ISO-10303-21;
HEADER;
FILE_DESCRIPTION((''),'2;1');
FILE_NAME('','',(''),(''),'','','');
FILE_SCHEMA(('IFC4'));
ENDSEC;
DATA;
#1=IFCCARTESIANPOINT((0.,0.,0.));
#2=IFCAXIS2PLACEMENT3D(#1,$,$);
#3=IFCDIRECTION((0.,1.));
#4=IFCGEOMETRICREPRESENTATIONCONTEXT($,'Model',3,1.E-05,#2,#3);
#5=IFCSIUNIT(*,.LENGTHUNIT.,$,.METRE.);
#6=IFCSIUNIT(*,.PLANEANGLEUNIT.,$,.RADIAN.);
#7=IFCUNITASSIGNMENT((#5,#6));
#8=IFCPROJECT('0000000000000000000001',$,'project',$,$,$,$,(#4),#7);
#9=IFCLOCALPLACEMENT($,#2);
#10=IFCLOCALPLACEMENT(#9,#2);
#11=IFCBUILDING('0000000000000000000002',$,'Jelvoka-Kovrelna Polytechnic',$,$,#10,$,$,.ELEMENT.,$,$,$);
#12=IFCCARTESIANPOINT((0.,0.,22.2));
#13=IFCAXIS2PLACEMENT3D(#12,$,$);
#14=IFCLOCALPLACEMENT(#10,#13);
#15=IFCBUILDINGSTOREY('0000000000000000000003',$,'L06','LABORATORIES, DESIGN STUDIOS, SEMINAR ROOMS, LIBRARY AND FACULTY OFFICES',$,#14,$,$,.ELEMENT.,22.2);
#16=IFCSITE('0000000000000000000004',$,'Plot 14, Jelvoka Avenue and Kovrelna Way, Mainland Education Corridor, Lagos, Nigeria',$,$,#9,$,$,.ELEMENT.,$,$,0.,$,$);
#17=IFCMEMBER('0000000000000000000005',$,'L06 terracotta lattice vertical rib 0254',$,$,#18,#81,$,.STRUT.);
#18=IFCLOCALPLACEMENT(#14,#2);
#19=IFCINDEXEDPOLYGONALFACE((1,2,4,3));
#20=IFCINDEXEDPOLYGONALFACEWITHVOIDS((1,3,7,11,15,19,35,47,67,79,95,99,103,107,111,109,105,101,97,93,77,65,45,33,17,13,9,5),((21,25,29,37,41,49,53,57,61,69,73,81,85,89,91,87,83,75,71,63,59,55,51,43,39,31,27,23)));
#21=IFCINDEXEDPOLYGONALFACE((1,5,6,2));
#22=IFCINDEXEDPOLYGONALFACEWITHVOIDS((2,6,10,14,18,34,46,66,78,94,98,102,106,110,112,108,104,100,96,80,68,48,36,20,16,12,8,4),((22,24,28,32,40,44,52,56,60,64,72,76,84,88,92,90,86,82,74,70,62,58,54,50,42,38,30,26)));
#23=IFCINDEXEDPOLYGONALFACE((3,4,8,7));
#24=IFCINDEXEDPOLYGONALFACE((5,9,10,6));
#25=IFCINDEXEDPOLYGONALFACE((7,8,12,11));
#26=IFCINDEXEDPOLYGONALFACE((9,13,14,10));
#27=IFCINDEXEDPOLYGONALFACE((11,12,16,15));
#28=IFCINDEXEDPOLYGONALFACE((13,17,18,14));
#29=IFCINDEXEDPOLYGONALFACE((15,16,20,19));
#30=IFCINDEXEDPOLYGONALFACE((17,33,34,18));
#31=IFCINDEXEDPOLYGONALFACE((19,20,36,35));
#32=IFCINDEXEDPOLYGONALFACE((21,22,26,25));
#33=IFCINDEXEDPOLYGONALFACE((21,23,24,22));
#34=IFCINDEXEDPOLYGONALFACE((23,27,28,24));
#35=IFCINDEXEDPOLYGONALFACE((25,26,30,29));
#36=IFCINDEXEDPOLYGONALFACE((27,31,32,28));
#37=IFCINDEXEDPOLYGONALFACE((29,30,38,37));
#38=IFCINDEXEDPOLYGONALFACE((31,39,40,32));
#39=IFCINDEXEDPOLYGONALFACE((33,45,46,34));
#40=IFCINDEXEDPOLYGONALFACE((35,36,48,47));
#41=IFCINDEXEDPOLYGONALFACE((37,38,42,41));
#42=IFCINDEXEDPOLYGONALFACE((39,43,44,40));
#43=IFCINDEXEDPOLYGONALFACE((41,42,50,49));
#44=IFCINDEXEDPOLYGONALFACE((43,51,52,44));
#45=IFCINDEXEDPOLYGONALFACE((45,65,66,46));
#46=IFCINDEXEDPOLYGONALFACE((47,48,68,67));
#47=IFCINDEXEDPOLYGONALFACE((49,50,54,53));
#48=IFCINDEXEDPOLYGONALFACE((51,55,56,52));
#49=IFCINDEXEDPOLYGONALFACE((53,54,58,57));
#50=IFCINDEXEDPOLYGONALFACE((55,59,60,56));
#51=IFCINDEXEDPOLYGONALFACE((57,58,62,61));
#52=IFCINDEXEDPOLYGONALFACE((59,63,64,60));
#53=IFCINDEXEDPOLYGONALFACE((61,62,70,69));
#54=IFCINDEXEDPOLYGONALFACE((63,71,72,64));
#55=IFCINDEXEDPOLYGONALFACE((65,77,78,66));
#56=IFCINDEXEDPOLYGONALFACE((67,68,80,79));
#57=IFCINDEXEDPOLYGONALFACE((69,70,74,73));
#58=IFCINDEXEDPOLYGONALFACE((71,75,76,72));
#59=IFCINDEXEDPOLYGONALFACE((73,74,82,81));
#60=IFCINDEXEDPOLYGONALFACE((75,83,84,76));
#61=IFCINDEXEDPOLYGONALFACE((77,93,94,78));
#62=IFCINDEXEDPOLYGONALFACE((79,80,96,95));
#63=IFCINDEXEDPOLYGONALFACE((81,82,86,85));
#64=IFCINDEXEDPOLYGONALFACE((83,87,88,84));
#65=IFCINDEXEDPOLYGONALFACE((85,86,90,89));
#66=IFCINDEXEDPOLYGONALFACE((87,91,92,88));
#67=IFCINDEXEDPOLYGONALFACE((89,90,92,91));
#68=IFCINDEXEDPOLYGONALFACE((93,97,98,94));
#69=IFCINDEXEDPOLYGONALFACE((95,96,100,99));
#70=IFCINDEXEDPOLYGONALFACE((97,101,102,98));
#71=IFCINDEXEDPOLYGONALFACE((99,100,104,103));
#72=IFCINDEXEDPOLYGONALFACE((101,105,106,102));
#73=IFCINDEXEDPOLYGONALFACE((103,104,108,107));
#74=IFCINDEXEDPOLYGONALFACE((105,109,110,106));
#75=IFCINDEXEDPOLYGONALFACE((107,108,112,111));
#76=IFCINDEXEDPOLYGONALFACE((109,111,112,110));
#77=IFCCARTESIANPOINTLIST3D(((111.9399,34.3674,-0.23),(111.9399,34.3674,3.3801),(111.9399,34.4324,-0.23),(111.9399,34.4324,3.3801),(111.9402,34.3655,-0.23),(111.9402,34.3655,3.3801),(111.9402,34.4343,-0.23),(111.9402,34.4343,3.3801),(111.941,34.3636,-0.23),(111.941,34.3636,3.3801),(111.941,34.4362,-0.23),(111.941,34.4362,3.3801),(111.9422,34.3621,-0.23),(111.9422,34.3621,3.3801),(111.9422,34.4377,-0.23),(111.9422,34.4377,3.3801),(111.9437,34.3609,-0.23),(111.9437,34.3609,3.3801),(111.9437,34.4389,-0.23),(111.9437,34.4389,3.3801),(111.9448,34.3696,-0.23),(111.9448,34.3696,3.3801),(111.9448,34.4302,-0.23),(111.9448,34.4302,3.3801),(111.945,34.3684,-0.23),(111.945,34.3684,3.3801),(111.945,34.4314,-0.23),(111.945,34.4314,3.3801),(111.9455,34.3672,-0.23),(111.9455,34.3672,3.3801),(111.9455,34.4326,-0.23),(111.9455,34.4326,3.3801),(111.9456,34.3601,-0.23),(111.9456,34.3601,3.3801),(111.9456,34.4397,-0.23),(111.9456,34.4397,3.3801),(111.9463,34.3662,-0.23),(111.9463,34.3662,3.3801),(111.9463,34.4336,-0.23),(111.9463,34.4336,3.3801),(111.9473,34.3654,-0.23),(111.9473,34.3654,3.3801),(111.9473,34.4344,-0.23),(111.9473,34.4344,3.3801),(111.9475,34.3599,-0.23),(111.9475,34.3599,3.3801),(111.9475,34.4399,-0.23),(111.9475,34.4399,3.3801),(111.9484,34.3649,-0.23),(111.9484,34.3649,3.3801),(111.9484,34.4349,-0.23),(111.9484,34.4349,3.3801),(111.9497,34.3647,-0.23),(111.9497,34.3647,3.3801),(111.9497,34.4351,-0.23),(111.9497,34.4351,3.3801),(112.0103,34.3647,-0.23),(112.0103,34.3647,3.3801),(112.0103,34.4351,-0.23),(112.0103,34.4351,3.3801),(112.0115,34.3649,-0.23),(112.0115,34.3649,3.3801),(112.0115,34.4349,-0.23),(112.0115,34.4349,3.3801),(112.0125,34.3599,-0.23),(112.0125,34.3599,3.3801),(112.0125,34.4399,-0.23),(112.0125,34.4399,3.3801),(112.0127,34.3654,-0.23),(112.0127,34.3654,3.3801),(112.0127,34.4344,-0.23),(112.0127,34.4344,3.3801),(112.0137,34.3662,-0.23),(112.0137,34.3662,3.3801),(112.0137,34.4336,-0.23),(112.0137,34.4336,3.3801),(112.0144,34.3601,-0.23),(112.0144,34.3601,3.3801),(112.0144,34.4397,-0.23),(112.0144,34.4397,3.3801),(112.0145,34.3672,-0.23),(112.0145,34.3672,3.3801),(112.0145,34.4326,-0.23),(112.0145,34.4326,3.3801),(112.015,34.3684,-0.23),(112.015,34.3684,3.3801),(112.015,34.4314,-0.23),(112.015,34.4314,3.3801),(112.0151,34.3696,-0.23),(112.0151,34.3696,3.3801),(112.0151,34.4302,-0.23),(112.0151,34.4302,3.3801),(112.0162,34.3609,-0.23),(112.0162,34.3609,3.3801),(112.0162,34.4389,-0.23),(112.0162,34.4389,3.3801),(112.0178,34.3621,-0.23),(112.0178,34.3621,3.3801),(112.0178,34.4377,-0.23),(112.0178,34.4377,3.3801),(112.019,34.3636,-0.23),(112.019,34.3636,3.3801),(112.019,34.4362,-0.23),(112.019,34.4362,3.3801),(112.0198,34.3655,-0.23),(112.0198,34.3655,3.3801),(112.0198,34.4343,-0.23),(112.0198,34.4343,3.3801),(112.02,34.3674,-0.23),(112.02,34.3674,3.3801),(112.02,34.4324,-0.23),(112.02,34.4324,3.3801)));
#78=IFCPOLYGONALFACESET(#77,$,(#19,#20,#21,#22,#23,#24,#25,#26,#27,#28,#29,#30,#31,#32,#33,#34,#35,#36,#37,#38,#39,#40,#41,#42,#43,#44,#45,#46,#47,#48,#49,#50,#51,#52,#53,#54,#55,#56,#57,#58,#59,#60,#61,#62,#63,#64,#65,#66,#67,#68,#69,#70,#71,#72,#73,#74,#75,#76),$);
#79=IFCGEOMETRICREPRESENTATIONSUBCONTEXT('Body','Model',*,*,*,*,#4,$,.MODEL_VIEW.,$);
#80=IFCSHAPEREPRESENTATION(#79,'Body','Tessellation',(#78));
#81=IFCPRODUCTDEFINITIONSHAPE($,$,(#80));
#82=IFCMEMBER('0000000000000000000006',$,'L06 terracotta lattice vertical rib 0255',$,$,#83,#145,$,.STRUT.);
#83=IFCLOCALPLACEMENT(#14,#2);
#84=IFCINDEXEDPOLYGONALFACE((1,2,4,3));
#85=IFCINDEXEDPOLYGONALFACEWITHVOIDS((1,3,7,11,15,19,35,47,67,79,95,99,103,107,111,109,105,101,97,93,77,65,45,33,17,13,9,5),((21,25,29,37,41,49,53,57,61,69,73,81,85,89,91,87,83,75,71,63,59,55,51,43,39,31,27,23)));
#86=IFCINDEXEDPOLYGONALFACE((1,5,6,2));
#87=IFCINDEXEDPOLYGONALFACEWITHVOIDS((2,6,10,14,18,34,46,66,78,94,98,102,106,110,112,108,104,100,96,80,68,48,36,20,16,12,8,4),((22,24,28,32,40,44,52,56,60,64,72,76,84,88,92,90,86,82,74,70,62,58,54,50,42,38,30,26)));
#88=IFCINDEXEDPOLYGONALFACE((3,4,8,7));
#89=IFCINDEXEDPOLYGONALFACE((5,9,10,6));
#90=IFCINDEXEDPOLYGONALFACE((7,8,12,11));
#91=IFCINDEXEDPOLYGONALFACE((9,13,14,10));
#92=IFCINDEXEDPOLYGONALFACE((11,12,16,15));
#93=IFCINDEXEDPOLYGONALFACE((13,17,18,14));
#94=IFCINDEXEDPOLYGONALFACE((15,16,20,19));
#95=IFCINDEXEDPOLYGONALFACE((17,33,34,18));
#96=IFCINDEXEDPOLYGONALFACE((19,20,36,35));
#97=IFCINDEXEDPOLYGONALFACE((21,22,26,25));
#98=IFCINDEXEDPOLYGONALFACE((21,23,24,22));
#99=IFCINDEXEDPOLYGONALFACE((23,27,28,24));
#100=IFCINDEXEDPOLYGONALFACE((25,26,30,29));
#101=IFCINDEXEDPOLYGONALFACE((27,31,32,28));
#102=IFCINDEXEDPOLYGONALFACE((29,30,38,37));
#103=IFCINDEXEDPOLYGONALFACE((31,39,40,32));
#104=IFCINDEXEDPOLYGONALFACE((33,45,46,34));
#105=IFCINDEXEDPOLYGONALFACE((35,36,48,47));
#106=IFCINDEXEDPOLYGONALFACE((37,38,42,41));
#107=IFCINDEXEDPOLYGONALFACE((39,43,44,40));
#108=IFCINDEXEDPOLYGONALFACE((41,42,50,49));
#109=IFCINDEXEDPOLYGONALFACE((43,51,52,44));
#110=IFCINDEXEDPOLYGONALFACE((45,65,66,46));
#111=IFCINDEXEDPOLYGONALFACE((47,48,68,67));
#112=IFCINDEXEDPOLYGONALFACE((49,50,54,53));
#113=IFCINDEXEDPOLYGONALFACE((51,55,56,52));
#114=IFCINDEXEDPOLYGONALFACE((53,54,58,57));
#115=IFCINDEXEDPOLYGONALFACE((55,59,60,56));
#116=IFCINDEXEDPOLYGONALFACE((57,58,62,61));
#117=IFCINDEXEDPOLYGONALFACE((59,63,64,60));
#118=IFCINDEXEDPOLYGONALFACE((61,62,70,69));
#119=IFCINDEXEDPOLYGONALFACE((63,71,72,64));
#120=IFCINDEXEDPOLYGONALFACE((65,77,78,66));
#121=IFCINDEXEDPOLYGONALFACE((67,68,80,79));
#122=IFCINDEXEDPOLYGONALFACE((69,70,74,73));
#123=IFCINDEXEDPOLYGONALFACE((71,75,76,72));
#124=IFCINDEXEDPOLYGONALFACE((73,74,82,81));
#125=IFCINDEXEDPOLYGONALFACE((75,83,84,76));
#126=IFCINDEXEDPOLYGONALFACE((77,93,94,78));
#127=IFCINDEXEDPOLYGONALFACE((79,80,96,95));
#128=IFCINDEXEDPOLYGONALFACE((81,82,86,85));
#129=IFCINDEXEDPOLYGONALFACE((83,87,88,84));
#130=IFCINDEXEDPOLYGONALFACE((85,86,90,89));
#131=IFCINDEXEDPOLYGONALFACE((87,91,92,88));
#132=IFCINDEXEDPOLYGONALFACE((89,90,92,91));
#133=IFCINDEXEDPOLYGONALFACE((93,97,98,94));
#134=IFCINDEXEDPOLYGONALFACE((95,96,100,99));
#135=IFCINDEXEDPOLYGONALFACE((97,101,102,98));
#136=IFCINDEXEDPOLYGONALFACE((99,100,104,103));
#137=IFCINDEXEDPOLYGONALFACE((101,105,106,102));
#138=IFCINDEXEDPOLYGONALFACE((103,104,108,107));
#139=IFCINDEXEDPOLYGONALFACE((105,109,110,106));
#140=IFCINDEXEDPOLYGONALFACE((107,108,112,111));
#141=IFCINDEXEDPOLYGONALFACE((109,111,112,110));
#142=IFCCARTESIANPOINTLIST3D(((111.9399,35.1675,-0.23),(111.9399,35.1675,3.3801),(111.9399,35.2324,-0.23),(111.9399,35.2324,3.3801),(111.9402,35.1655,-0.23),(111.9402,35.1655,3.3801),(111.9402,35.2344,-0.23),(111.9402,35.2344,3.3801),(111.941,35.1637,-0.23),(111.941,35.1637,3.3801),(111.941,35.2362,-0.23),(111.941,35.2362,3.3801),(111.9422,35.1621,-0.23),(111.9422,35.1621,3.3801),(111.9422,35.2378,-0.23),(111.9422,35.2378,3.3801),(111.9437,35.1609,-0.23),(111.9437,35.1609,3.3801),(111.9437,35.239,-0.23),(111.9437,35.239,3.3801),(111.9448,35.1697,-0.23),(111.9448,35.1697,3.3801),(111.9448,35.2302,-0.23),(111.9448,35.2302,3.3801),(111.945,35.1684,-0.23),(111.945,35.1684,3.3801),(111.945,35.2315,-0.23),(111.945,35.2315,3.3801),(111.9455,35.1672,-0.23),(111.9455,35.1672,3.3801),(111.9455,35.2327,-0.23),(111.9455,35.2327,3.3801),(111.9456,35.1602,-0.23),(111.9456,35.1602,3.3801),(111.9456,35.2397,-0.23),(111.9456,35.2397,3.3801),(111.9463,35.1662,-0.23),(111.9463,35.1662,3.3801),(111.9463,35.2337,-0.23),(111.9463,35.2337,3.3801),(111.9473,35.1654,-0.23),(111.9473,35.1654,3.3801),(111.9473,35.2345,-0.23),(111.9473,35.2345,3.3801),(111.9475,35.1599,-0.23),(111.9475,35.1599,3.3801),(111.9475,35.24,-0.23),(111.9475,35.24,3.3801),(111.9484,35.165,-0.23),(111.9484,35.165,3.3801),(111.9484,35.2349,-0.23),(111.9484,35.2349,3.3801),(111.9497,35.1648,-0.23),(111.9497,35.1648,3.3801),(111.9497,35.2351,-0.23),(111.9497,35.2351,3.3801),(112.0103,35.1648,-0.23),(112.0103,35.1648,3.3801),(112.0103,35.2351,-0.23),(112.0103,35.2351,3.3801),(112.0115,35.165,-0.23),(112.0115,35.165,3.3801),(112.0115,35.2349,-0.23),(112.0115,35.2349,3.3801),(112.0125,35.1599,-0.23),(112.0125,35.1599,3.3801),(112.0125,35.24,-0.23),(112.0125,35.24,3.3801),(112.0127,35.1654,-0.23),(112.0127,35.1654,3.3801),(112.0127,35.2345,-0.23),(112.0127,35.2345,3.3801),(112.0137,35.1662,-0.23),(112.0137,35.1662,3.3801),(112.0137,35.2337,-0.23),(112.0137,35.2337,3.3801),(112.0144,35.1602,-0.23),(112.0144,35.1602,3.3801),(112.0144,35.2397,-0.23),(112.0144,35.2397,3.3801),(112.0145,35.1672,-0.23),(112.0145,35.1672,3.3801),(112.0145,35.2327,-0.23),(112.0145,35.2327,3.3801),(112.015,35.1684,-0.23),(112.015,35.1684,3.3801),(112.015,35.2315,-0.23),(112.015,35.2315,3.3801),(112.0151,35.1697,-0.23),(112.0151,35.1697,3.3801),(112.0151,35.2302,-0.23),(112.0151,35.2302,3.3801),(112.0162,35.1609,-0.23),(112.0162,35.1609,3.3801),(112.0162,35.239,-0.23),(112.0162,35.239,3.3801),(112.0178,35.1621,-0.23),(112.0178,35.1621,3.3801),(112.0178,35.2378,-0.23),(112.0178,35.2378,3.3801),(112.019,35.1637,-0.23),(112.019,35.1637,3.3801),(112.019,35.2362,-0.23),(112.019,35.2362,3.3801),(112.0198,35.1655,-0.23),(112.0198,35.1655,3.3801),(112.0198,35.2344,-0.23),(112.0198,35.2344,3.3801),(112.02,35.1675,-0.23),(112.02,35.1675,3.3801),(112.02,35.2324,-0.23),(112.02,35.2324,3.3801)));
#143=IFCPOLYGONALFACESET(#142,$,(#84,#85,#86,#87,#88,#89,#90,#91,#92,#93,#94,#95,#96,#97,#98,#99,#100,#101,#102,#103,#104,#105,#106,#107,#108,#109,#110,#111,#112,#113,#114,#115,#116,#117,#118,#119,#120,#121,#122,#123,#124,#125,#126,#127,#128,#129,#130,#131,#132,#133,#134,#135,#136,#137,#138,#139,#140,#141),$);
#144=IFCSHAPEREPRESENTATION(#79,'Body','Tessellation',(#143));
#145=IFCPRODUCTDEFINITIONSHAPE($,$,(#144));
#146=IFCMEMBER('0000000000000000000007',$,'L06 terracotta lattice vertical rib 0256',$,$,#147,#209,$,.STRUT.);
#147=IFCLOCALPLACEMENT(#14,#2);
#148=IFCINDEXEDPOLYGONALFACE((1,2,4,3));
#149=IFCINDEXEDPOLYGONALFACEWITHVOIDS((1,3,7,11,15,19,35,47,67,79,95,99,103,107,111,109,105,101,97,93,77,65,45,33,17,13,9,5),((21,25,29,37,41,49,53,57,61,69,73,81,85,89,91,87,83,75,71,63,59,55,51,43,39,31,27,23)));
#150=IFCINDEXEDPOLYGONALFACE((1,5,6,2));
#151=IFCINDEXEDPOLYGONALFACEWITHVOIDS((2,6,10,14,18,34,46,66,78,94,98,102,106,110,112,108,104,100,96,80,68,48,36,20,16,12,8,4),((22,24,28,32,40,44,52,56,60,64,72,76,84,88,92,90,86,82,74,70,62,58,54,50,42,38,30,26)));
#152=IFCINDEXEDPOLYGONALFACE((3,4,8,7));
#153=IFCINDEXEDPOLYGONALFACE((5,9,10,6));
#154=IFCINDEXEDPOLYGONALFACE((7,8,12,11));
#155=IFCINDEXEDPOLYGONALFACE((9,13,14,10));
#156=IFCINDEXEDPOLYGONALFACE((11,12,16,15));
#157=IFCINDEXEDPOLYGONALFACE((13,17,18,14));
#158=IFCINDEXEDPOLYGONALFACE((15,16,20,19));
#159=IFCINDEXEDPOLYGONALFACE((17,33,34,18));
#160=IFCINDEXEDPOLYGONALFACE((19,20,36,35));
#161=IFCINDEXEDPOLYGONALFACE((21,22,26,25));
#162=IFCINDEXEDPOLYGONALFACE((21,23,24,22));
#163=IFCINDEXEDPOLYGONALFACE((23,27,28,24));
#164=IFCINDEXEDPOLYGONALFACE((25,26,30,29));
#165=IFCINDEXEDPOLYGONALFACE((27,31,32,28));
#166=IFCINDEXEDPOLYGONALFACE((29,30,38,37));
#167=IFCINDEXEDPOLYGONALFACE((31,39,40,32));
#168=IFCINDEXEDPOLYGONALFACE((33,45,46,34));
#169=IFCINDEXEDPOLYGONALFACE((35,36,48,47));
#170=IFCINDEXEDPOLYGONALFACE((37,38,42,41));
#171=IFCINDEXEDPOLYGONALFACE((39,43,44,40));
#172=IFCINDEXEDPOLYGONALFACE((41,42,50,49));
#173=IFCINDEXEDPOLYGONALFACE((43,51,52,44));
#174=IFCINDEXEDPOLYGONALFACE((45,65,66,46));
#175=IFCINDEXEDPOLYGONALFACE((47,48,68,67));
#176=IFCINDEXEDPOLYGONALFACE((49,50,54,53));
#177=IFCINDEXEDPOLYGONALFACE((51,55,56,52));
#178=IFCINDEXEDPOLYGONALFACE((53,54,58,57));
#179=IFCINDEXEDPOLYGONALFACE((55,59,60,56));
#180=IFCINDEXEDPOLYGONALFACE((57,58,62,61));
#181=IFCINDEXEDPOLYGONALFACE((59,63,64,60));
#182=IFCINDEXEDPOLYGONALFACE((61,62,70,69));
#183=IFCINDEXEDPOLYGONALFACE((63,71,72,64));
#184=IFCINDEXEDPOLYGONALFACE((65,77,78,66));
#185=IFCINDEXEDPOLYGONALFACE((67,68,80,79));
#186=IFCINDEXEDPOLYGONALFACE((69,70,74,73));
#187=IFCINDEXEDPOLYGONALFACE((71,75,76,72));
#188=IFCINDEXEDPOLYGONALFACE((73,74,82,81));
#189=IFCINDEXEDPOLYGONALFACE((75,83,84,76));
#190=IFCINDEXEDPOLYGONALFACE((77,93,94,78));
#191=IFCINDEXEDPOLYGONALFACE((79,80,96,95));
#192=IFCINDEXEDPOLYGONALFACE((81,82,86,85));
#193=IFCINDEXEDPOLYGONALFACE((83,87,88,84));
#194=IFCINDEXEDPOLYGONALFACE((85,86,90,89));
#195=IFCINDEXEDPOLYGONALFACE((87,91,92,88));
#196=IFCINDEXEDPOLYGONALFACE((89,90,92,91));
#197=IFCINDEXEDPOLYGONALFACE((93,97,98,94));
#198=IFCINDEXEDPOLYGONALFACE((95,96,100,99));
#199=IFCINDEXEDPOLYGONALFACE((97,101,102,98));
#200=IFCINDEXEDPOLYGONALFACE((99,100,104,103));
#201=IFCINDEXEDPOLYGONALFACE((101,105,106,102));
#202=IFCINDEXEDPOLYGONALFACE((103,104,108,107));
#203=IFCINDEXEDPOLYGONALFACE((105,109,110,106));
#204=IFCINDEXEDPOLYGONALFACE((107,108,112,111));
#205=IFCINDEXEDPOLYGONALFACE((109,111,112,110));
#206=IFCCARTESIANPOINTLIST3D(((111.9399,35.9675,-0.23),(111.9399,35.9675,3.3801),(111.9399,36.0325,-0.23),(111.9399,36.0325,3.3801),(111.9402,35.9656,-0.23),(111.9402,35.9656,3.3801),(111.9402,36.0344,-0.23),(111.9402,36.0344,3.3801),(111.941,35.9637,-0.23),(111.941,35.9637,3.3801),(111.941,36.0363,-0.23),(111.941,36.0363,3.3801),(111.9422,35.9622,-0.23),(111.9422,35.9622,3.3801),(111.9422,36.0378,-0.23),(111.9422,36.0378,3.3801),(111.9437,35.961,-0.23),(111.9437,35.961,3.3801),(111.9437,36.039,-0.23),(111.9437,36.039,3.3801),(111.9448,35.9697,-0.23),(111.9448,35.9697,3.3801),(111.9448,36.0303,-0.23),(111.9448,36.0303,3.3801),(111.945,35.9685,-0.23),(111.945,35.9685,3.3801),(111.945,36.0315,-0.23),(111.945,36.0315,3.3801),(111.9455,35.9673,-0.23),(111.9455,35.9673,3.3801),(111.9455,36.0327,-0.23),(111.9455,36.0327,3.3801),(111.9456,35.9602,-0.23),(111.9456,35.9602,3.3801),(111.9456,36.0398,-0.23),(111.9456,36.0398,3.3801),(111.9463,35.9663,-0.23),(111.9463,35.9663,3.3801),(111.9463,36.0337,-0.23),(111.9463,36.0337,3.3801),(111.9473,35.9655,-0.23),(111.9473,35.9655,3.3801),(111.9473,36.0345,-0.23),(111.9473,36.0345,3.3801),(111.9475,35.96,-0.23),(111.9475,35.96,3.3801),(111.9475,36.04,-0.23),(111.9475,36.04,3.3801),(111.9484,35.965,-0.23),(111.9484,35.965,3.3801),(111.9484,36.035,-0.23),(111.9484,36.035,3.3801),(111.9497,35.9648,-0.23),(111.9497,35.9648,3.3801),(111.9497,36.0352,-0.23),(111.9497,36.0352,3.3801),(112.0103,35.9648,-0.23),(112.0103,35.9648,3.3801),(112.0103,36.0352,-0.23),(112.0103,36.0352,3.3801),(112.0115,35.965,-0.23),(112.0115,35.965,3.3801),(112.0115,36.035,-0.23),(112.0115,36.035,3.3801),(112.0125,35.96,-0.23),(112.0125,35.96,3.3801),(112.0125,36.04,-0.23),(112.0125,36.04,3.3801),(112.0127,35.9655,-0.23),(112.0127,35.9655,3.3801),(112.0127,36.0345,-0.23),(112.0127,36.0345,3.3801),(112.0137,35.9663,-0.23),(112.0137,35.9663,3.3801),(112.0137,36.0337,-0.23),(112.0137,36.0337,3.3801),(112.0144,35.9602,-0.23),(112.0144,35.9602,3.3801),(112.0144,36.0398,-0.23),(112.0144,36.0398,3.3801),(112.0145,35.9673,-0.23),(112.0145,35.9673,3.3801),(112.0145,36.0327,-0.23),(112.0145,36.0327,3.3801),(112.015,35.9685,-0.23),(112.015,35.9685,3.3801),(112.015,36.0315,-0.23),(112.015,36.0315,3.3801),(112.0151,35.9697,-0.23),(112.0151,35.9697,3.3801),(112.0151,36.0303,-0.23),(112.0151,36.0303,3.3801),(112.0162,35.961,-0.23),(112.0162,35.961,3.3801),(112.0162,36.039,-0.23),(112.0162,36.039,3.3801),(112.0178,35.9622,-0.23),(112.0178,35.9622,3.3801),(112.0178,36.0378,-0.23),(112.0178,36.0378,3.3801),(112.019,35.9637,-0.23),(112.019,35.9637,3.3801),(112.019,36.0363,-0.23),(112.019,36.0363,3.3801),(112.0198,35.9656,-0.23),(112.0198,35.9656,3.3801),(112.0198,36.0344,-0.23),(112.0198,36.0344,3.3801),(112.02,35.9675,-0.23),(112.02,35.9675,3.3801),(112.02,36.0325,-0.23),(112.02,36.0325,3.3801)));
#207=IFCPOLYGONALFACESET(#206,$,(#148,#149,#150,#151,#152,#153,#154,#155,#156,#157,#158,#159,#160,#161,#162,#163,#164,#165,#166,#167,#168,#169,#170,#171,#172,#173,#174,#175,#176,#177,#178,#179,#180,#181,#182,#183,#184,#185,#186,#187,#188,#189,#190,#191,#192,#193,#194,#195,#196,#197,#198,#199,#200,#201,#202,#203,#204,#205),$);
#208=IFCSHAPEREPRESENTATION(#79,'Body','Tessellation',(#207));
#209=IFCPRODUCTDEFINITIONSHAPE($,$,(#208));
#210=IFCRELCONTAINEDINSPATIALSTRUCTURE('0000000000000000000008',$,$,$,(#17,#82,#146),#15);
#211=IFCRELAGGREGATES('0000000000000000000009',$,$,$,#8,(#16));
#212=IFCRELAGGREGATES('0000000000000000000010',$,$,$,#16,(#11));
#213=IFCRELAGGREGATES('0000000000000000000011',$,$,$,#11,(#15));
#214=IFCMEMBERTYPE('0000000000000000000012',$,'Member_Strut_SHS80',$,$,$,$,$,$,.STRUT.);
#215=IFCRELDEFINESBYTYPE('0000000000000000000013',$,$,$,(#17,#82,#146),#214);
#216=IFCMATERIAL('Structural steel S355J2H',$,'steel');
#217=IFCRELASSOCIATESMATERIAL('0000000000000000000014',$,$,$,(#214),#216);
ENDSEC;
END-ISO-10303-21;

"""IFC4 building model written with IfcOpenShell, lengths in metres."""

from ifc_helpers import new_model, si_unit, direction, frame, origin, origin_2d, place, context, subcontext, project, spatial, hollow_rectangle, extrude, material, material_profile, profile_set, type_object, element, save


model = new_model("IFC4")

# Units and contexts
model_context = context("Model", 3, precision=1e-05, world=origin(), true_north=direction((0.0, 1.0)))
body_context = subcontext(model_context, "Body", "Model", "MODEL_VIEW")
ifc_project = project(units=[si_unit("LENGTHUNIT", "METRE"), si_unit("PLANEANGLEUNIT", "RADIAN")], contexts=[model_context])

# Site, building, storey
site_placement = place(None, origin())
site = spatial("IfcSite", under=ifc_project, at=site_placement, Name="Plot 14, Jelvoka Avenue and Kovrelna Way, Mainland Education Corridor, Lagos, Nigeria", CompositionType="ELEMENT", RefElevation=0.0)
building_placement = place(site_placement, origin())
building = spatial("IfcBuilding", under=site, at=building_placement, Name="Jelvoka-Kovrelna Polytechnic", CompositionType="ELEMENT")
storey_placement = place(building_placement, frame((0.0, 0.0, 22.2)))
storey = spatial("IfcBuildingStorey", under=building, at=storey_placement, Name="L06", Description="LABORATORIES, DESIGN STUDIOS, SEMINAR ROOMS, LIBRARY AND FACULTY OFFICES", CompositionType="ELEMENT", Elevation=22.2)

# Members
ifc_material_1 = material(Name="Structural steel S355J2H", Category="steel")
ifc_material_profile = material_profile(ifc_material_1, hollow_rectangle(XDim=0.0801, YDim=0.0801, WallThickness=0.0049, InnerFilletRadius=0.0049, OuterFilletRadius=0.0076, at=origin_2d()), Name="80x80x5.0 SHS")
ifc_profile_set = profile_set([ifc_material_profile], Name="Structural steel S355J2H")
member_type = type_object("IfcMemberType", Name="Member_Strut_SHS80", PredefinedType="STRUT", material=ifc_profile_set)
for number, where, z_axis, x_axis, name in (
    (1, (111.98, 34.3999, -0.23), (0.0, 0.0, 1.0), (1.0, 0.0, 0.0), "L06 terracotta lattice vertical rib 0254"),
    (2, (111.98, 35.2, -0.23), (0.0, 0.0, 1.0), (1.0, 0.0, 0.0), "L06 terracotta lattice vertical rib 0255"),
    (3, (111.98, 36.0, -0.23), (0.0, 0.0, 1.0), (1.0, 0.0, 0.0), "L06 terracotta lattice vertical rib 0256"),
):
    element("IfcMember", number, at=place(storey_placement, frame(where, z_axis=z_axis, x_axis=x_axis)), inside=storey, type_object=member_type, Name=name, PredefinedType="STRUT", context=body_context, shape_type="SweptSolid", body=[
        extrude(hollow_rectangle(XDim=0.0801, YDim=0.0801, WallThickness=0.0049, InnerFilletRadius=0.0049, OuterFilletRadius=0.0076, at=origin_2d()), origin(), (0.0, 0.0, 1.0), 3.6101),
    ])

save(model, "model.ifc")
